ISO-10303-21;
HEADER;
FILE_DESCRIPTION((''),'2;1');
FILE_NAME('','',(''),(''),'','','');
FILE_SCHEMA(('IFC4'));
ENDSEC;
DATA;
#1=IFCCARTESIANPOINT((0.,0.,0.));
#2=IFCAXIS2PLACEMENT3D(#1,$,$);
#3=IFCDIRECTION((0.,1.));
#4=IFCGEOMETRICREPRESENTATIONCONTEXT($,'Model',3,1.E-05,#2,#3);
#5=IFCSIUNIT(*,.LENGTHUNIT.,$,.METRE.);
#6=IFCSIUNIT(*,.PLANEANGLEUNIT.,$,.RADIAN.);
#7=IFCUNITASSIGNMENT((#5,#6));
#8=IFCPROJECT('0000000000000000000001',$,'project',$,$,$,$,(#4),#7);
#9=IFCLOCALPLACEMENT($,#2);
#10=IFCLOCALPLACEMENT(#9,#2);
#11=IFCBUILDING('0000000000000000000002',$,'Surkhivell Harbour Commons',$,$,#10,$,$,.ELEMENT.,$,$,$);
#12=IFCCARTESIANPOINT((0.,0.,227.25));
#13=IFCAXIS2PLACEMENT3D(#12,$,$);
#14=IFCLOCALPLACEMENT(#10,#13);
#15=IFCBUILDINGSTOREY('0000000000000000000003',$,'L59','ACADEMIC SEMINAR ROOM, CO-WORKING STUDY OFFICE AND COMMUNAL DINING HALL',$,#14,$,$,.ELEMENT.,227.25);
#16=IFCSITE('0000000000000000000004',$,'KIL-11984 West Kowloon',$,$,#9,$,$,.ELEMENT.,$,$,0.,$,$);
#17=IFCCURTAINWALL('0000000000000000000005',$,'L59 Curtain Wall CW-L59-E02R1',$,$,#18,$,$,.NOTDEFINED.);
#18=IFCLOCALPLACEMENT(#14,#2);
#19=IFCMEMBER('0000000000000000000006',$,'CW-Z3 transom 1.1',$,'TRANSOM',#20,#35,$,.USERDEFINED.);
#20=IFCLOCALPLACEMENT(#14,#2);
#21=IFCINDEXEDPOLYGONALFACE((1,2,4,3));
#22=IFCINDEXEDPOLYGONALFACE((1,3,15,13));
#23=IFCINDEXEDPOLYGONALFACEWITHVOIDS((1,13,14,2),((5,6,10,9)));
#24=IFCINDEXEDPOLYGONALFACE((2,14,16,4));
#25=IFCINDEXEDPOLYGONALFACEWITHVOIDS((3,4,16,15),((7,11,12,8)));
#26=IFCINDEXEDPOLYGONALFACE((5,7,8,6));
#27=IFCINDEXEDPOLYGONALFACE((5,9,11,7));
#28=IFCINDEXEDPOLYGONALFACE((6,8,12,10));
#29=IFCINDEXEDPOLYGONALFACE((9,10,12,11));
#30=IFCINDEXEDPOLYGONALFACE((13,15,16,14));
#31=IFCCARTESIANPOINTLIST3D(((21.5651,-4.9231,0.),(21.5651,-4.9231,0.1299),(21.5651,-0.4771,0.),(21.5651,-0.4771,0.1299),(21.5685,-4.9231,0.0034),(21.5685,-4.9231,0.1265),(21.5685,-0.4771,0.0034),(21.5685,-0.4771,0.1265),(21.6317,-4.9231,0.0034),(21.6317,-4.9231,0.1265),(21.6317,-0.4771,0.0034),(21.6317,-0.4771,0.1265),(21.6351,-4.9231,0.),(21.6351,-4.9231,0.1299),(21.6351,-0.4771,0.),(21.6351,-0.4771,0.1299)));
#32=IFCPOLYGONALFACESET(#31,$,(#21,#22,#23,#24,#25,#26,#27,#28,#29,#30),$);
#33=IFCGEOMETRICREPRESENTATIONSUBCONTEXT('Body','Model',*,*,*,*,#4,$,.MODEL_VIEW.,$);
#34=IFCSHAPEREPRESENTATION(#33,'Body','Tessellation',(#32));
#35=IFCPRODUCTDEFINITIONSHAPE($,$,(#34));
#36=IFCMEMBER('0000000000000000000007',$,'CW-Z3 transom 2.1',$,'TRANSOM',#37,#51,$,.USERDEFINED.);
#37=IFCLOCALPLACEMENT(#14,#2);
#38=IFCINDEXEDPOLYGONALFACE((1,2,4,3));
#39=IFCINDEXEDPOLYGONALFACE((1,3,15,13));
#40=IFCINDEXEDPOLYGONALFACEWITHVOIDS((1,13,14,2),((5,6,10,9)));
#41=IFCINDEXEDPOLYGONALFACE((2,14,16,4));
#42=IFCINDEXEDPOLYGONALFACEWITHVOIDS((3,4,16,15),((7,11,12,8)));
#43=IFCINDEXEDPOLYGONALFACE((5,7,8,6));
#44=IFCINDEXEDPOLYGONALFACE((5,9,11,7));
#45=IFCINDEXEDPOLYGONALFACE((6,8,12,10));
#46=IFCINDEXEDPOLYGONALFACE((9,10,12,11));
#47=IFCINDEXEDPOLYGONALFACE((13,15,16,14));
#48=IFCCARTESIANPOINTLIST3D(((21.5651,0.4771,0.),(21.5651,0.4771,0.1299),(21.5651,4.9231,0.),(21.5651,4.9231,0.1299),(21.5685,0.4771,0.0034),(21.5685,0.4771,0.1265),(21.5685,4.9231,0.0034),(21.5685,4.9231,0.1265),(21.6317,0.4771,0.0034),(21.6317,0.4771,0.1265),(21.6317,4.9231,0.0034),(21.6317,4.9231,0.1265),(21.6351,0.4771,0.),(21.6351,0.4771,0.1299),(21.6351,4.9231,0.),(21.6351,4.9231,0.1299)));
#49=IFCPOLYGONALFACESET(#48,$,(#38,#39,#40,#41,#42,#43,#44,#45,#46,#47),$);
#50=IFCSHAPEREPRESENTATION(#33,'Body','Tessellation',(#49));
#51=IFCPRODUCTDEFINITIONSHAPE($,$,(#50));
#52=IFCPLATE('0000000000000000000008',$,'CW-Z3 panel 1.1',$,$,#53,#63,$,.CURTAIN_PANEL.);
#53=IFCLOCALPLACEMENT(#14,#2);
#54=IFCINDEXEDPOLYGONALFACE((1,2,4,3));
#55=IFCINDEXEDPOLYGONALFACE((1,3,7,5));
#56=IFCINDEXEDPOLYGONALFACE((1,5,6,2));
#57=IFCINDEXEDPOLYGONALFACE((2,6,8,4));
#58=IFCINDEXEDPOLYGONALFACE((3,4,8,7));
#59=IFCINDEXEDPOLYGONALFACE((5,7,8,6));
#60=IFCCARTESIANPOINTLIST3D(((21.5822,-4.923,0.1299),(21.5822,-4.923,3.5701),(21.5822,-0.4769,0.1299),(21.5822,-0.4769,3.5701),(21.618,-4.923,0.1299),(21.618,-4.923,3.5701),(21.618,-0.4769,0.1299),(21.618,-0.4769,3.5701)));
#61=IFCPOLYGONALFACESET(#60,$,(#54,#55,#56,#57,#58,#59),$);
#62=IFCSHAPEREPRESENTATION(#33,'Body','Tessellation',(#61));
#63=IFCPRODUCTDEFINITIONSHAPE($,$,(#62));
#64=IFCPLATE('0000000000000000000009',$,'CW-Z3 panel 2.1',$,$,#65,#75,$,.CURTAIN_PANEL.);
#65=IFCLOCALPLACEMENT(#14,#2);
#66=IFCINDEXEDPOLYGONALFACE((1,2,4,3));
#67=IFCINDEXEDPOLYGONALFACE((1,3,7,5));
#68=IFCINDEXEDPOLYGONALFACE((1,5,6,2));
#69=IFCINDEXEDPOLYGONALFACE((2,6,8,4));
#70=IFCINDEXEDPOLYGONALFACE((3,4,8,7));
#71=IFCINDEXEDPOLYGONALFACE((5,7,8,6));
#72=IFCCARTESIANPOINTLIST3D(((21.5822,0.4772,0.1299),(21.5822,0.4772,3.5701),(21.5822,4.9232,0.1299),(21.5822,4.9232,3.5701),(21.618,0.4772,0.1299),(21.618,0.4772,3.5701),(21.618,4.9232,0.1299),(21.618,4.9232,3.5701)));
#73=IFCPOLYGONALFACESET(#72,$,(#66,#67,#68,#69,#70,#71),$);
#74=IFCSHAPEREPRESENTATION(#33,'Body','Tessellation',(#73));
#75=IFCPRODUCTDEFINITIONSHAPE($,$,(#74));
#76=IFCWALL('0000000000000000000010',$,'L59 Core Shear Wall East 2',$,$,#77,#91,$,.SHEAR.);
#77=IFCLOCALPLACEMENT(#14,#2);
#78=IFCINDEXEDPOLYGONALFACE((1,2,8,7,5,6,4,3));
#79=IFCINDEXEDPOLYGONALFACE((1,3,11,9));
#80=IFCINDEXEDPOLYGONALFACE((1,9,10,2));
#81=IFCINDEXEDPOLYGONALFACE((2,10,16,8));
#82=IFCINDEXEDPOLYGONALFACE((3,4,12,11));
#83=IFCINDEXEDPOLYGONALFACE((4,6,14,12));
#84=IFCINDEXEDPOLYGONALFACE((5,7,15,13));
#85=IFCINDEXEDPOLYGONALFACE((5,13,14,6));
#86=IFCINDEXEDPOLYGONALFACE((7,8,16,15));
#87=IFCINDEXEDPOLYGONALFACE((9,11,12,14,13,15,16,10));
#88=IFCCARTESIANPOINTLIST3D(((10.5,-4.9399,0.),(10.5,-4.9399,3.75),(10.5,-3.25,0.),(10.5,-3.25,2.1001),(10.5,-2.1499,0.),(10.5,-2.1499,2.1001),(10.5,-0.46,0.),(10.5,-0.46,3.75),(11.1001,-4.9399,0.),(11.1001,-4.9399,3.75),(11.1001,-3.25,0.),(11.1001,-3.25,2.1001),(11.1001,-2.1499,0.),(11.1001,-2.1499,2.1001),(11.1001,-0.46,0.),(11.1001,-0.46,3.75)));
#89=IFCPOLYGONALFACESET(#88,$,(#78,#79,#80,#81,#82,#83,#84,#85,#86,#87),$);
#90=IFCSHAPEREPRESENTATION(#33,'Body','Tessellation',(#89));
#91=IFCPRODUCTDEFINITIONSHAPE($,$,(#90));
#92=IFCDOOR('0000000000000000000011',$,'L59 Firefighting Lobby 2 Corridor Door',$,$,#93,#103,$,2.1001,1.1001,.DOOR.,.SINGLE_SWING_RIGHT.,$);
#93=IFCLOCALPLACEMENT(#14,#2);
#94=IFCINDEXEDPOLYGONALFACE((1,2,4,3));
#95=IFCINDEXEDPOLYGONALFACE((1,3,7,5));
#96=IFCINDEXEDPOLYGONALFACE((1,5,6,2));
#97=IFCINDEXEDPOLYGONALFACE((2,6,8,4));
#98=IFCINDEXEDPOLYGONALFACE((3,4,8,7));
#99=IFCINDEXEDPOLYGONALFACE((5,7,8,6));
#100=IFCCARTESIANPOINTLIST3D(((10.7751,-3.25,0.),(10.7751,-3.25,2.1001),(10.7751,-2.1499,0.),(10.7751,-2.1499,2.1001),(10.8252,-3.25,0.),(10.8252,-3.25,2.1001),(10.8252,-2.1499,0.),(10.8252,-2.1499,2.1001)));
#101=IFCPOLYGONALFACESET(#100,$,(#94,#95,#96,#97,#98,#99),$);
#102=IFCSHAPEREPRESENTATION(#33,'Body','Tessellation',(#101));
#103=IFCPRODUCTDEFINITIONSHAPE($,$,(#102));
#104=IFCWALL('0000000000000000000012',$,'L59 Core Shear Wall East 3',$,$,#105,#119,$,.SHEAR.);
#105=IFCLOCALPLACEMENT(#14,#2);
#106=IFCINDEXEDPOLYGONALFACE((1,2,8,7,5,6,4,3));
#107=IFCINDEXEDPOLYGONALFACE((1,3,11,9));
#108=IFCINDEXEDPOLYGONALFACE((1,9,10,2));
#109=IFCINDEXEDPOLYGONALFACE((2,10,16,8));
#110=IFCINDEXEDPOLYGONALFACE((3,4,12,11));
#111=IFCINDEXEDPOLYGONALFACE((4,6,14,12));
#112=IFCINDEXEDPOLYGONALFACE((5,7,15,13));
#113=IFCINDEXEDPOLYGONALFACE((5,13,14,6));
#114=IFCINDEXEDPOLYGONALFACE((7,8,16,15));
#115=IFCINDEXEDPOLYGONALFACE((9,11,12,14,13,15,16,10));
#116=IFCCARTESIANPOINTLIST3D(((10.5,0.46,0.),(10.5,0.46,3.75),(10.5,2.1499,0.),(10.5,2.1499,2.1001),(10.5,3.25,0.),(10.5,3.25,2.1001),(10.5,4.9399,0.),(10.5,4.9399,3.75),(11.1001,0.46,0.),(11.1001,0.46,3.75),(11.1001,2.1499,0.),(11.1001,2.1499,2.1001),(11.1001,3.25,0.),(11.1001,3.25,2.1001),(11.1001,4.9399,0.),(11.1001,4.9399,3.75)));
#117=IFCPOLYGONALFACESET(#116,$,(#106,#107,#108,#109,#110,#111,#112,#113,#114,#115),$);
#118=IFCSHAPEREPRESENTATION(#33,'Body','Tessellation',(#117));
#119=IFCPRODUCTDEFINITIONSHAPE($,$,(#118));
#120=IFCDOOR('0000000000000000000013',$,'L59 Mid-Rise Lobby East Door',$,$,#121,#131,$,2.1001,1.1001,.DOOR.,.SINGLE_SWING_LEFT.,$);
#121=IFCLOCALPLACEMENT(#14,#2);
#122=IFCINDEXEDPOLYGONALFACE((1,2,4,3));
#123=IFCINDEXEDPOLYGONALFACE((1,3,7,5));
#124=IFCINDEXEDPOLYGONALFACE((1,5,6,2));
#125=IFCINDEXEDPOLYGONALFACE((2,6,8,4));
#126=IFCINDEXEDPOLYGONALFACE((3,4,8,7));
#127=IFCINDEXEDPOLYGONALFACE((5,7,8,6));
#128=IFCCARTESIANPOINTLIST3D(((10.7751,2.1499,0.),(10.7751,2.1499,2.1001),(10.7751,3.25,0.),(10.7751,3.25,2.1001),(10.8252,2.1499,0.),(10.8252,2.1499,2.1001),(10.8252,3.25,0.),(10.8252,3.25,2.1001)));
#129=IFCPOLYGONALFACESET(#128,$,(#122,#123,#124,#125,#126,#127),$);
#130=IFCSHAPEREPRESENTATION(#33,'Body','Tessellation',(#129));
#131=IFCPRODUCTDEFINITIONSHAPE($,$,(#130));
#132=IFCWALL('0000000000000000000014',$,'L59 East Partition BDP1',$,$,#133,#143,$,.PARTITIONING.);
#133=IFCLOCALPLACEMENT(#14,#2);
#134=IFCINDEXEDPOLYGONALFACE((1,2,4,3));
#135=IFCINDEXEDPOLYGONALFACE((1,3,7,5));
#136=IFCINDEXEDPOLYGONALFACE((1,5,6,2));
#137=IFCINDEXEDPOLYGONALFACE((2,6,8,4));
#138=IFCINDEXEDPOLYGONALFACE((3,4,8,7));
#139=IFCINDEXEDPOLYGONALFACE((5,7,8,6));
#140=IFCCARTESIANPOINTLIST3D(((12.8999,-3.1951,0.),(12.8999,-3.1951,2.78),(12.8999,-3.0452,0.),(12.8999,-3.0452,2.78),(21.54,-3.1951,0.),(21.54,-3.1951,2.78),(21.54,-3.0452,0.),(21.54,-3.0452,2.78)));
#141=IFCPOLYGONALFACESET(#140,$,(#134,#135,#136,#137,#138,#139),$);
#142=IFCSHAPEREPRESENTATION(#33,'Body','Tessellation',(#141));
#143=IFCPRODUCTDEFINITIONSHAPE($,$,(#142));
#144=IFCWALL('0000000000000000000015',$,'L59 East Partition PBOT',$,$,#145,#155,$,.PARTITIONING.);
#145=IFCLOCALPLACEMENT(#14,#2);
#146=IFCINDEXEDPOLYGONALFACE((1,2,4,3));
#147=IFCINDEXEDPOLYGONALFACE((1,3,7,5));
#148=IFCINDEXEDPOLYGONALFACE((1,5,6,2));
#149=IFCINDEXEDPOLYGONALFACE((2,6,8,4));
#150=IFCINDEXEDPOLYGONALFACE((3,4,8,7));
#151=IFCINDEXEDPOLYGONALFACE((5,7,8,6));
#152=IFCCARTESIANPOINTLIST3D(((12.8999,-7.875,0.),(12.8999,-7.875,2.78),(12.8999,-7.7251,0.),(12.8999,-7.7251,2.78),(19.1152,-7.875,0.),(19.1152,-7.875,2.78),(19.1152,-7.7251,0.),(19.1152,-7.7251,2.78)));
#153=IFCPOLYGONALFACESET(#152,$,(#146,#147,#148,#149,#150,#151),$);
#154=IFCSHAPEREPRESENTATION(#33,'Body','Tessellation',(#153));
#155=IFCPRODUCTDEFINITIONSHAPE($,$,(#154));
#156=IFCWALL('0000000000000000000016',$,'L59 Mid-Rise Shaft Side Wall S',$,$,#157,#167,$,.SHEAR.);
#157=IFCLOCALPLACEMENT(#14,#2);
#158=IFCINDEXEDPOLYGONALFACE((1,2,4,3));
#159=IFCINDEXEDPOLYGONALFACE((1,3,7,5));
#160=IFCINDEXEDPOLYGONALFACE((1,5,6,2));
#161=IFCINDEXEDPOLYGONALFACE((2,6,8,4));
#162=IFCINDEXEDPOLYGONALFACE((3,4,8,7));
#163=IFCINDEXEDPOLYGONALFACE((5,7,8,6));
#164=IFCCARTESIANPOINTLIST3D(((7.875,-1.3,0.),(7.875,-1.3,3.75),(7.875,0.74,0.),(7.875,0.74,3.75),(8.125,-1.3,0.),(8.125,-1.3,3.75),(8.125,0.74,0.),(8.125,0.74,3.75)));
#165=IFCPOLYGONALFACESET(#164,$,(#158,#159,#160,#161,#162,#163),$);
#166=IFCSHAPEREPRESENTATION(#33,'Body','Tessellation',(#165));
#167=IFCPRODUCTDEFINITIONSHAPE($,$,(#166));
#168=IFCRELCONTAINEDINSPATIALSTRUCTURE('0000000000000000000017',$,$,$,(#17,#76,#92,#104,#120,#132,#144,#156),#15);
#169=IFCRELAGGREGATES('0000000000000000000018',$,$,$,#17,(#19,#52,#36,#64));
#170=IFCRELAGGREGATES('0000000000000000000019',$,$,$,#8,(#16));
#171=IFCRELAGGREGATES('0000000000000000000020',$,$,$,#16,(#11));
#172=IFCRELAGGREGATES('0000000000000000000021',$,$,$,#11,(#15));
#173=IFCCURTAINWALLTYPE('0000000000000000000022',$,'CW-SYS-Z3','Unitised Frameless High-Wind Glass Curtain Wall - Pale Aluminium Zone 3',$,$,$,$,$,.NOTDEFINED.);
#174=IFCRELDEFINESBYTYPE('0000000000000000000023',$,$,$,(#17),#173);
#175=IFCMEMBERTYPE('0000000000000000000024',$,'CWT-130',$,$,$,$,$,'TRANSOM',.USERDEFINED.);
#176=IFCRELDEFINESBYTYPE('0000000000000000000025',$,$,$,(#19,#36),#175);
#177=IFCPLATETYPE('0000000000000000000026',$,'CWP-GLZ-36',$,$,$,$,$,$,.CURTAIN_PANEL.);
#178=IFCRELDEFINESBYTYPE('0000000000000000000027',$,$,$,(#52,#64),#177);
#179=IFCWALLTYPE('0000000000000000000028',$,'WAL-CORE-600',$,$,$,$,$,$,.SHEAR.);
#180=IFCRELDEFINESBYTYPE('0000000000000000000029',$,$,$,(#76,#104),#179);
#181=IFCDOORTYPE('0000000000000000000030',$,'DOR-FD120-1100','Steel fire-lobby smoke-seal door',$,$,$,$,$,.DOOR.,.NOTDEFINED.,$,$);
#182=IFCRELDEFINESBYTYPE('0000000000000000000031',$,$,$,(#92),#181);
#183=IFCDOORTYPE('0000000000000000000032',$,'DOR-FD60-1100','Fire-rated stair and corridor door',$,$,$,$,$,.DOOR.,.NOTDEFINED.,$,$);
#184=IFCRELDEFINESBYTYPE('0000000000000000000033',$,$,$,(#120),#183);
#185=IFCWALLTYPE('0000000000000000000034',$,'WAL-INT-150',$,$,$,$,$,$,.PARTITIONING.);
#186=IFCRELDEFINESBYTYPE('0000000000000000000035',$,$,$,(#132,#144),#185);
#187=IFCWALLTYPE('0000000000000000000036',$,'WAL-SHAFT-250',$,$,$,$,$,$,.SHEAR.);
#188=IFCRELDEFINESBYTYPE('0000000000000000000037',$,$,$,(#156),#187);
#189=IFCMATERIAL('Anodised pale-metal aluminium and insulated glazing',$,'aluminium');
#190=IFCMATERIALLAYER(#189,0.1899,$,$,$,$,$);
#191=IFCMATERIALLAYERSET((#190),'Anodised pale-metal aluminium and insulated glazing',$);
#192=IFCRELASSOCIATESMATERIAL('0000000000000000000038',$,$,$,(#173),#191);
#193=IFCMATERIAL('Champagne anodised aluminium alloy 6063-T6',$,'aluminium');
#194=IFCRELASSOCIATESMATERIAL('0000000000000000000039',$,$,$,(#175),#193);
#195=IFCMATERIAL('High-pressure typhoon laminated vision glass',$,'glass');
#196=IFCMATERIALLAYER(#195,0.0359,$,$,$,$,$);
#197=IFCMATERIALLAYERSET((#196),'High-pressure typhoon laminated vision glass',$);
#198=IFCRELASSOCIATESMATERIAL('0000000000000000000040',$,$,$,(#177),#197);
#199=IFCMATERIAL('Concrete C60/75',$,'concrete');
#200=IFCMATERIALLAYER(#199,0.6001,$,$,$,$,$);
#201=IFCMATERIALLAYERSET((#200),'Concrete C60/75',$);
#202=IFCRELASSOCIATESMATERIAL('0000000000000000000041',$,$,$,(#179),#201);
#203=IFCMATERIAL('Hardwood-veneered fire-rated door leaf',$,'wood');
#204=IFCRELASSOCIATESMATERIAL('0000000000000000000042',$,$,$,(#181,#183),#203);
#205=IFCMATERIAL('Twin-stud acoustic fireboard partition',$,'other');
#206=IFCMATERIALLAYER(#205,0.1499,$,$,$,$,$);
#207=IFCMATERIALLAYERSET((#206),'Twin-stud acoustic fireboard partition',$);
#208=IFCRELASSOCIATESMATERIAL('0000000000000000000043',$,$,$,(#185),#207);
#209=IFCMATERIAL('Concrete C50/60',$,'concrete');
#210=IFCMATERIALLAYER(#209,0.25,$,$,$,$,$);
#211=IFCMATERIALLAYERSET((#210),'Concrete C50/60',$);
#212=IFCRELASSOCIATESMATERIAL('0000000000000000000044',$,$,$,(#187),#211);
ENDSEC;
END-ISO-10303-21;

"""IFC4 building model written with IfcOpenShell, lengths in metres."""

from ifc_helpers import new_model, si_unit, direction, frame, frame_2d, origin, origin_2d, place, context, subcontext, project, spatial, rectangle, hollow_rectangle, extrude, material, layer, layer_set, material_profile, profile_set, type_object, element, fill, aggregate, save


model = new_model("IFC4")

# Units and contexts
model_context = context("Model", 3, precision=1e-05, world=origin(), true_north=direction((0.0, 1.0)))
body_context = subcontext(model_context, "Body", "Model", "MODEL_VIEW")
ifc_project = project(units=[si_unit("LENGTHUNIT", "METRE"), si_unit("PLANEANGLEUNIT", "RADIAN")], contexts=[model_context])

# Site, building, storey
site_placement = place(None, origin())
site = spatial("IfcSite", under=ifc_project, at=site_placement, Name="KIL-11984 West Kowloon", CompositionType="ELEMENT", RefElevation=0.0)
building_placement = place(site_placement, origin())
building = spatial("IfcBuilding", under=site, at=building_placement, Name="Surkhivell Harbour Commons", CompositionType="ELEMENT")
storey_placement = place(building_placement, frame((0.0, 0.0, 227.25)))
storey = spatial("IfcBuildingStorey", under=building, at=storey_placement, Name="L59", Description="ACADEMIC SEMINAR ROOM, CO-WORKING STUDY OFFICE AND COMMUNAL DINING HALL", CompositionType="ELEMENT", Elevation=227.25)

# Shared definitions
ifc_material_1 = material(Name="Concrete C60/75", Category="concrete")
ifc_material_2 = material(Name="Concrete C50/60", Category="concrete")

# Shared definitions
ifc_material_3 = material(Name="Anodised pale-metal aluminium and insulated glazing", Category="aluminium")
ifc_layer_1 = layer(ifc_material_3, 0.1899)
ifc_layer_set_1 = layer_set([ifc_layer_1], Name="Anodised pale-metal aluminium and insulated glazing")
curtain_wall_type = type_object("IfcCurtainWallType", Name="CW-SYS-Z3", Description="Unitised Frameless High-Wind Glass Curtain Wall - Pale Aluminium Zone 3", PredefinedType="NOTDEFINED", material=ifc_layer_set_1)

# Curtain wall, members, plates
curtain_wall_1_placement = place(storey_placement, origin())
curtain_wall_1 = element("IfcCurtainWall", 1, at=curtain_wall_1_placement, inside=storey, type_object=curtain_wall_type, Name="L59 Curtain Wall CW-L59-E02R1", PredefinedType="NOTDEFINED")
ifc_material_4 = material(Name="Champagne anodised aluminium alloy 6063-T6", Category="aluminium")
ifc_material_profile_1 = material_profile(ifc_material_4, hollow_rectangle(XDim=0.0701, YDim=0.1299, WallThickness=0.0034, at=origin_2d()), Name="ALU-TRAN-70x130")
ifc_profile_set_1 = profile_set([ifc_material_profile_1], Name="Champagne anodised aluminium alloy 6063-T6")
member_type_1 = type_object("IfcMemberType", Name="CWT-130", ElementType="TRANSOM", PredefinedType="USERDEFINED", material=ifc_profile_set_1)
member_1_placement = place(storey_placement, frame((21.6001, -4.9231, 0.0649), z_axis=(0.0, 1.0, 0.0), x_axis=(-1.0, 0.0, 0.0)))
member_1 = element("IfcMember", 2, at=member_1_placement, type_object=member_type_1, Name="CW-Z3 transom 1.1", ObjectType="TRANSOM", PredefinedType="USERDEFINED", context=body_context, shape_type="SweptSolid", body=[
    extrude(hollow_rectangle(XDim=0.0701, YDim=0.1299, WallThickness=0.0034, at=origin_2d()), origin(), (0.0, 0.0, 1.0), 4.446),
])
member_2_placement = place(storey_placement, frame((21.6001, 0.4771, 0.0649), z_axis=(0.0, 1.0, 0.0), x_axis=(-1.0, 0.0, 0.0)))
member_2 = element("IfcMember", 3, at=member_2_placement, type_object=member_type_1, Name="CW-Z3 transom 2.1", ObjectType="TRANSOM", PredefinedType="USERDEFINED", context=body_context, shape_type="SweptSolid", body=[
    extrude(hollow_rectangle(XDim=0.0701, YDim=0.1299, WallThickness=0.0034, at=origin_2d()), origin(), (0.0, 0.0, 1.0), 4.446),
])
ifc_material_5 = material(Name="High-pressure typhoon laminated vision glass", Category="glass")
ifc_layer_2 = layer(ifc_material_5, 0.0359)
ifc_layer_set_2 = layer_set([ifc_layer_2], Name="High-pressure typhoon laminated vision glass")
plate_type = type_object("IfcPlateType", Name="CWP-GLZ-36", PredefinedType="CURTAIN_PANEL", material=ifc_layer_set_2)
plate_1_placement = place(storey_placement, frame((21.6001, -4.9231, 0.1299), z_axis=(0.0, 0.0, 1.0), x_axis=(0.0, 1.0, 0.0)))
plate_1 = element("IfcPlate", 4, at=plate_1_placement, type_object=plate_type, Name="CW-Z3 panel 1.1", PredefinedType="CURTAIN_PANEL", context=body_context, shape_type="SweptSolid", body=[
    extrude(rectangle(XDim=4.446, YDim=0.0359, at=frame_2d((2.2231, 0.0))), origin(), (0.0, 0.0, 1.0), 3.4402),
])
plate_2_placement = place(storey_placement, frame((21.6001, 0.4771, 0.1299), z_axis=(0.0, 0.0, 1.0), x_axis=(0.0, 1.0, 0.0)))
plate_2 = element("IfcPlate", 5, at=plate_2_placement, type_object=plate_type, Name="CW-Z3 panel 2.1", PredefinedType="CURTAIN_PANEL", context=body_context, shape_type="SweptSolid", body=[
    extrude(rectangle(XDim=4.446, YDim=0.0359, at=frame_2d((2.2231, 0.0))), origin(), (0.0, 0.0, 1.0), 3.4402),
])
aggregate(curtain_wall_1, [member_1, plate_1, member_2, plate_2])

# Walls, openings, doors
ifc_layer_3 = layer(ifc_material_1, 0.6001)
ifc_layer_set_3 = layer_set([ifc_layer_3], Name="Concrete C60/75")
wall_type_1 = type_object("IfcWallType", Name="WAL-CORE-600", PredefinedType="SHEAR", material=ifc_layer_set_3)
wall_1_placement = place(storey_placement, frame((10.8, -4.9399, 0.0), z_axis=(0.0, 0.0, 1.0), x_axis=(0.0, 1.0, 0.0)))
wall_1 = element("IfcWall", 6, at=wall_1_placement, inside=storey, type_object=wall_type_1, Name="L59 Core Shear Wall East 2", PredefinedType="SHEAR", context=body_context, shape_type="SweptSolid", body=[
    extrude(rectangle(XDim=4.48, YDim=0.6001, at=frame_2d((2.24, 0.0))), origin(), (0.0, 0.0, 1.0), 3.75),
])
opening_1_placement = place(wall_1_placement, frame((1.6899, 0.0, 0.0)))
opening_1 = element("IfcOpeningElement", 7, at=opening_1_placement, cuts=wall_1, PredefinedType="OPENING", context=body_context, shape_type="SweptSolid", body=[
    extrude(rectangle(XDim=1.1001, YDim=2.1001, at=frame_2d((0.55, 1.05))), frame((0.0, 0.3101, 0.0), z_axis=(0.0, -1.0, 0.0), x_axis=(1.0, 0.0, 0.0)), (0.0, 0.0, 1.0), 0.6201),
])
ifc_material_6 = material(Name="Hardwood-veneered fire-rated door leaf", Category="wood")
door_type_1 = type_object("IfcDoorType", Name="DOR-FD120-1100", Description="Steel fire-lobby smoke-seal door", OperationType="NOTDEFINED", PredefinedType="DOOR", material=ifc_material_6)
door_1_placement = place(opening_1_placement, origin())
door_1 = element("IfcDoor", 8, at=door_1_placement, inside=storey, type_object=door_type_1, Name="L59 Firefighting Lobby 2 Corridor Door", OperationType="SINGLE_SWING_RIGHT", OverallHeight=2.1001, OverallWidth=1.1001, PredefinedType="DOOR", context=body_context, shape_type="SweptSolid", body=[
    extrude(rectangle(XDim=1.1001, YDim=2.1001, at=frame_2d((0.55, 1.05))), frame((0.0, 0.0249, 0.0), z_axis=(0.0, -1.0, 0.0), x_axis=(1.0, 0.0, 0.0)), (0.0, 0.0, 1.0), 0.05),
])
fill(opening_1, door_1)
wall_2_placement = place(storey_placement, frame((10.8, 0.46, 0.0), z_axis=(0.0, 0.0, 1.0), x_axis=(0.0, 1.0, 0.0)))
wall_2 = element("IfcWall", 9, at=wall_2_placement, inside=storey, type_object=wall_type_1, Name="L59 Core Shear Wall East 3", PredefinedType="SHEAR", context=body_context, shape_type="SweptSolid", body=[
    extrude(rectangle(XDim=4.48, YDim=0.6001, at=frame_2d((2.24, 0.0))), origin(), (0.0, 0.0, 1.0), 3.75),
])
opening_2_placement = place(wall_2_placement, frame((1.6899, 0.0, 0.0)))
opening_2 = element("IfcOpeningElement", 10, at=opening_2_placement, cuts=wall_2, PredefinedType="OPENING", context=body_context, shape_type="SweptSolid", body=[
    extrude(rectangle(XDim=1.1001, YDim=2.1001, at=frame_2d((0.55, 1.05))), frame((0.0, 0.3101, 0.0), z_axis=(0.0, -1.0, 0.0), x_axis=(1.0, 0.0, 0.0)), (0.0, 0.0, 1.0), 0.6201),
])
door_type_2 = type_object("IfcDoorType", Name="DOR-FD60-1100", Description="Fire-rated stair and corridor door", OperationType="NOTDEFINED", PredefinedType="DOOR", material=ifc_material_6)
door_2_placement = place(opening_2_placement, origin())
door_2 = element("IfcDoor", 11, at=door_2_placement, inside=storey, type_object=door_type_2, Name="L59 Mid-Rise Lobby East Door", OperationType="SINGLE_SWING_LEFT", OverallHeight=2.1001, OverallWidth=1.1001, PredefinedType="DOOR", context=body_context, shape_type="SweptSolid", body=[
    extrude(rectangle(XDim=1.1001, YDim=2.1001, at=frame_2d((0.55, 1.05))), frame((0.0, 0.0249, 0.0), z_axis=(0.0, -1.0, 0.0), x_axis=(1.0, 0.0, 0.0)), (0.0, 0.0, 1.0), 0.05),
])
fill(opening_2, door_2)

# Walls
ifc_material_7 = material(Name="Twin-stud acoustic fireboard partition", Category="other")
ifc_layer_4 = layer(ifc_material_7, 0.1499)
ifc_layer_set_4 = layer_set([ifc_layer_4], Name="Twin-stud acoustic fireboard partition")
wall_type_2 = type_object("IfcWallType", Name="WAL-INT-150", PredefinedType="PARTITIONING", material=ifc_layer_set_4)
wall_3_placement = place(storey_placement, frame((12.8999, -3.1201, 0.0), z_axis=(0.0, 0.0, 1.0), x_axis=(1.0, 0.0, 0.0)))
element("IfcWall", 12, at=wall_3_placement, inside=storey, type_object=wall_type_2, Name="L59 East Partition BDP1", PredefinedType="PARTITIONING", context=body_context, shape_type="SweptSolid", body=[
    extrude(rectangle(XDim=8.6401, YDim=0.1499, at=frame_2d((4.3201, 0.0))), origin(), (0.0, 0.0, 1.0), 2.78),
])
wall_4_placement = place(storey_placement, frame((12.8999, -7.8, 0.0), z_axis=(0.0, 0.0, 1.0), x_axis=(1.0, 0.0, 0.0)))
element("IfcWall", 13, at=wall_4_placement, inside=storey, type_object=wall_type_2, Name="L59 East Partition PBOT", PredefinedType="PARTITIONING", context=body_context, shape_type="SweptSolid", body=[
    extrude(rectangle(XDim=6.2153, YDim=0.1499, at=frame_2d((3.1077, 0.0))), origin(), (0.0, 0.0, 1.0), 2.78),
])
ifc_layer_5 = layer(ifc_material_2, 0.25)
ifc_layer_set_5 = layer_set([ifc_layer_5], Name="Concrete C50/60")
wall_type_3 = type_object("IfcWallType", Name="WAL-SHAFT-250", PredefinedType="SHEAR", material=ifc_layer_set_5)
wall_5_placement = place(storey_placement, frame((8.0, -1.3, 0.0), z_axis=(0.0, 0.0, 1.0), x_axis=(0.0, 1.0, 0.0)))
element("IfcWall", 14, at=wall_5_placement, inside=storey, type_object=wall_type_3, Name="L59 Mid-Rise Shaft Side Wall S", PredefinedType="SHEAR", context=body_context, shape_type="SweptSolid", body=[
    extrude(rectangle(XDim=2.04, YDim=0.25, at=frame_2d((1.02, 0.0))), origin(), (0.0, 0.0, 1.0), 3.75),
])

save(model, "model.ifc")
